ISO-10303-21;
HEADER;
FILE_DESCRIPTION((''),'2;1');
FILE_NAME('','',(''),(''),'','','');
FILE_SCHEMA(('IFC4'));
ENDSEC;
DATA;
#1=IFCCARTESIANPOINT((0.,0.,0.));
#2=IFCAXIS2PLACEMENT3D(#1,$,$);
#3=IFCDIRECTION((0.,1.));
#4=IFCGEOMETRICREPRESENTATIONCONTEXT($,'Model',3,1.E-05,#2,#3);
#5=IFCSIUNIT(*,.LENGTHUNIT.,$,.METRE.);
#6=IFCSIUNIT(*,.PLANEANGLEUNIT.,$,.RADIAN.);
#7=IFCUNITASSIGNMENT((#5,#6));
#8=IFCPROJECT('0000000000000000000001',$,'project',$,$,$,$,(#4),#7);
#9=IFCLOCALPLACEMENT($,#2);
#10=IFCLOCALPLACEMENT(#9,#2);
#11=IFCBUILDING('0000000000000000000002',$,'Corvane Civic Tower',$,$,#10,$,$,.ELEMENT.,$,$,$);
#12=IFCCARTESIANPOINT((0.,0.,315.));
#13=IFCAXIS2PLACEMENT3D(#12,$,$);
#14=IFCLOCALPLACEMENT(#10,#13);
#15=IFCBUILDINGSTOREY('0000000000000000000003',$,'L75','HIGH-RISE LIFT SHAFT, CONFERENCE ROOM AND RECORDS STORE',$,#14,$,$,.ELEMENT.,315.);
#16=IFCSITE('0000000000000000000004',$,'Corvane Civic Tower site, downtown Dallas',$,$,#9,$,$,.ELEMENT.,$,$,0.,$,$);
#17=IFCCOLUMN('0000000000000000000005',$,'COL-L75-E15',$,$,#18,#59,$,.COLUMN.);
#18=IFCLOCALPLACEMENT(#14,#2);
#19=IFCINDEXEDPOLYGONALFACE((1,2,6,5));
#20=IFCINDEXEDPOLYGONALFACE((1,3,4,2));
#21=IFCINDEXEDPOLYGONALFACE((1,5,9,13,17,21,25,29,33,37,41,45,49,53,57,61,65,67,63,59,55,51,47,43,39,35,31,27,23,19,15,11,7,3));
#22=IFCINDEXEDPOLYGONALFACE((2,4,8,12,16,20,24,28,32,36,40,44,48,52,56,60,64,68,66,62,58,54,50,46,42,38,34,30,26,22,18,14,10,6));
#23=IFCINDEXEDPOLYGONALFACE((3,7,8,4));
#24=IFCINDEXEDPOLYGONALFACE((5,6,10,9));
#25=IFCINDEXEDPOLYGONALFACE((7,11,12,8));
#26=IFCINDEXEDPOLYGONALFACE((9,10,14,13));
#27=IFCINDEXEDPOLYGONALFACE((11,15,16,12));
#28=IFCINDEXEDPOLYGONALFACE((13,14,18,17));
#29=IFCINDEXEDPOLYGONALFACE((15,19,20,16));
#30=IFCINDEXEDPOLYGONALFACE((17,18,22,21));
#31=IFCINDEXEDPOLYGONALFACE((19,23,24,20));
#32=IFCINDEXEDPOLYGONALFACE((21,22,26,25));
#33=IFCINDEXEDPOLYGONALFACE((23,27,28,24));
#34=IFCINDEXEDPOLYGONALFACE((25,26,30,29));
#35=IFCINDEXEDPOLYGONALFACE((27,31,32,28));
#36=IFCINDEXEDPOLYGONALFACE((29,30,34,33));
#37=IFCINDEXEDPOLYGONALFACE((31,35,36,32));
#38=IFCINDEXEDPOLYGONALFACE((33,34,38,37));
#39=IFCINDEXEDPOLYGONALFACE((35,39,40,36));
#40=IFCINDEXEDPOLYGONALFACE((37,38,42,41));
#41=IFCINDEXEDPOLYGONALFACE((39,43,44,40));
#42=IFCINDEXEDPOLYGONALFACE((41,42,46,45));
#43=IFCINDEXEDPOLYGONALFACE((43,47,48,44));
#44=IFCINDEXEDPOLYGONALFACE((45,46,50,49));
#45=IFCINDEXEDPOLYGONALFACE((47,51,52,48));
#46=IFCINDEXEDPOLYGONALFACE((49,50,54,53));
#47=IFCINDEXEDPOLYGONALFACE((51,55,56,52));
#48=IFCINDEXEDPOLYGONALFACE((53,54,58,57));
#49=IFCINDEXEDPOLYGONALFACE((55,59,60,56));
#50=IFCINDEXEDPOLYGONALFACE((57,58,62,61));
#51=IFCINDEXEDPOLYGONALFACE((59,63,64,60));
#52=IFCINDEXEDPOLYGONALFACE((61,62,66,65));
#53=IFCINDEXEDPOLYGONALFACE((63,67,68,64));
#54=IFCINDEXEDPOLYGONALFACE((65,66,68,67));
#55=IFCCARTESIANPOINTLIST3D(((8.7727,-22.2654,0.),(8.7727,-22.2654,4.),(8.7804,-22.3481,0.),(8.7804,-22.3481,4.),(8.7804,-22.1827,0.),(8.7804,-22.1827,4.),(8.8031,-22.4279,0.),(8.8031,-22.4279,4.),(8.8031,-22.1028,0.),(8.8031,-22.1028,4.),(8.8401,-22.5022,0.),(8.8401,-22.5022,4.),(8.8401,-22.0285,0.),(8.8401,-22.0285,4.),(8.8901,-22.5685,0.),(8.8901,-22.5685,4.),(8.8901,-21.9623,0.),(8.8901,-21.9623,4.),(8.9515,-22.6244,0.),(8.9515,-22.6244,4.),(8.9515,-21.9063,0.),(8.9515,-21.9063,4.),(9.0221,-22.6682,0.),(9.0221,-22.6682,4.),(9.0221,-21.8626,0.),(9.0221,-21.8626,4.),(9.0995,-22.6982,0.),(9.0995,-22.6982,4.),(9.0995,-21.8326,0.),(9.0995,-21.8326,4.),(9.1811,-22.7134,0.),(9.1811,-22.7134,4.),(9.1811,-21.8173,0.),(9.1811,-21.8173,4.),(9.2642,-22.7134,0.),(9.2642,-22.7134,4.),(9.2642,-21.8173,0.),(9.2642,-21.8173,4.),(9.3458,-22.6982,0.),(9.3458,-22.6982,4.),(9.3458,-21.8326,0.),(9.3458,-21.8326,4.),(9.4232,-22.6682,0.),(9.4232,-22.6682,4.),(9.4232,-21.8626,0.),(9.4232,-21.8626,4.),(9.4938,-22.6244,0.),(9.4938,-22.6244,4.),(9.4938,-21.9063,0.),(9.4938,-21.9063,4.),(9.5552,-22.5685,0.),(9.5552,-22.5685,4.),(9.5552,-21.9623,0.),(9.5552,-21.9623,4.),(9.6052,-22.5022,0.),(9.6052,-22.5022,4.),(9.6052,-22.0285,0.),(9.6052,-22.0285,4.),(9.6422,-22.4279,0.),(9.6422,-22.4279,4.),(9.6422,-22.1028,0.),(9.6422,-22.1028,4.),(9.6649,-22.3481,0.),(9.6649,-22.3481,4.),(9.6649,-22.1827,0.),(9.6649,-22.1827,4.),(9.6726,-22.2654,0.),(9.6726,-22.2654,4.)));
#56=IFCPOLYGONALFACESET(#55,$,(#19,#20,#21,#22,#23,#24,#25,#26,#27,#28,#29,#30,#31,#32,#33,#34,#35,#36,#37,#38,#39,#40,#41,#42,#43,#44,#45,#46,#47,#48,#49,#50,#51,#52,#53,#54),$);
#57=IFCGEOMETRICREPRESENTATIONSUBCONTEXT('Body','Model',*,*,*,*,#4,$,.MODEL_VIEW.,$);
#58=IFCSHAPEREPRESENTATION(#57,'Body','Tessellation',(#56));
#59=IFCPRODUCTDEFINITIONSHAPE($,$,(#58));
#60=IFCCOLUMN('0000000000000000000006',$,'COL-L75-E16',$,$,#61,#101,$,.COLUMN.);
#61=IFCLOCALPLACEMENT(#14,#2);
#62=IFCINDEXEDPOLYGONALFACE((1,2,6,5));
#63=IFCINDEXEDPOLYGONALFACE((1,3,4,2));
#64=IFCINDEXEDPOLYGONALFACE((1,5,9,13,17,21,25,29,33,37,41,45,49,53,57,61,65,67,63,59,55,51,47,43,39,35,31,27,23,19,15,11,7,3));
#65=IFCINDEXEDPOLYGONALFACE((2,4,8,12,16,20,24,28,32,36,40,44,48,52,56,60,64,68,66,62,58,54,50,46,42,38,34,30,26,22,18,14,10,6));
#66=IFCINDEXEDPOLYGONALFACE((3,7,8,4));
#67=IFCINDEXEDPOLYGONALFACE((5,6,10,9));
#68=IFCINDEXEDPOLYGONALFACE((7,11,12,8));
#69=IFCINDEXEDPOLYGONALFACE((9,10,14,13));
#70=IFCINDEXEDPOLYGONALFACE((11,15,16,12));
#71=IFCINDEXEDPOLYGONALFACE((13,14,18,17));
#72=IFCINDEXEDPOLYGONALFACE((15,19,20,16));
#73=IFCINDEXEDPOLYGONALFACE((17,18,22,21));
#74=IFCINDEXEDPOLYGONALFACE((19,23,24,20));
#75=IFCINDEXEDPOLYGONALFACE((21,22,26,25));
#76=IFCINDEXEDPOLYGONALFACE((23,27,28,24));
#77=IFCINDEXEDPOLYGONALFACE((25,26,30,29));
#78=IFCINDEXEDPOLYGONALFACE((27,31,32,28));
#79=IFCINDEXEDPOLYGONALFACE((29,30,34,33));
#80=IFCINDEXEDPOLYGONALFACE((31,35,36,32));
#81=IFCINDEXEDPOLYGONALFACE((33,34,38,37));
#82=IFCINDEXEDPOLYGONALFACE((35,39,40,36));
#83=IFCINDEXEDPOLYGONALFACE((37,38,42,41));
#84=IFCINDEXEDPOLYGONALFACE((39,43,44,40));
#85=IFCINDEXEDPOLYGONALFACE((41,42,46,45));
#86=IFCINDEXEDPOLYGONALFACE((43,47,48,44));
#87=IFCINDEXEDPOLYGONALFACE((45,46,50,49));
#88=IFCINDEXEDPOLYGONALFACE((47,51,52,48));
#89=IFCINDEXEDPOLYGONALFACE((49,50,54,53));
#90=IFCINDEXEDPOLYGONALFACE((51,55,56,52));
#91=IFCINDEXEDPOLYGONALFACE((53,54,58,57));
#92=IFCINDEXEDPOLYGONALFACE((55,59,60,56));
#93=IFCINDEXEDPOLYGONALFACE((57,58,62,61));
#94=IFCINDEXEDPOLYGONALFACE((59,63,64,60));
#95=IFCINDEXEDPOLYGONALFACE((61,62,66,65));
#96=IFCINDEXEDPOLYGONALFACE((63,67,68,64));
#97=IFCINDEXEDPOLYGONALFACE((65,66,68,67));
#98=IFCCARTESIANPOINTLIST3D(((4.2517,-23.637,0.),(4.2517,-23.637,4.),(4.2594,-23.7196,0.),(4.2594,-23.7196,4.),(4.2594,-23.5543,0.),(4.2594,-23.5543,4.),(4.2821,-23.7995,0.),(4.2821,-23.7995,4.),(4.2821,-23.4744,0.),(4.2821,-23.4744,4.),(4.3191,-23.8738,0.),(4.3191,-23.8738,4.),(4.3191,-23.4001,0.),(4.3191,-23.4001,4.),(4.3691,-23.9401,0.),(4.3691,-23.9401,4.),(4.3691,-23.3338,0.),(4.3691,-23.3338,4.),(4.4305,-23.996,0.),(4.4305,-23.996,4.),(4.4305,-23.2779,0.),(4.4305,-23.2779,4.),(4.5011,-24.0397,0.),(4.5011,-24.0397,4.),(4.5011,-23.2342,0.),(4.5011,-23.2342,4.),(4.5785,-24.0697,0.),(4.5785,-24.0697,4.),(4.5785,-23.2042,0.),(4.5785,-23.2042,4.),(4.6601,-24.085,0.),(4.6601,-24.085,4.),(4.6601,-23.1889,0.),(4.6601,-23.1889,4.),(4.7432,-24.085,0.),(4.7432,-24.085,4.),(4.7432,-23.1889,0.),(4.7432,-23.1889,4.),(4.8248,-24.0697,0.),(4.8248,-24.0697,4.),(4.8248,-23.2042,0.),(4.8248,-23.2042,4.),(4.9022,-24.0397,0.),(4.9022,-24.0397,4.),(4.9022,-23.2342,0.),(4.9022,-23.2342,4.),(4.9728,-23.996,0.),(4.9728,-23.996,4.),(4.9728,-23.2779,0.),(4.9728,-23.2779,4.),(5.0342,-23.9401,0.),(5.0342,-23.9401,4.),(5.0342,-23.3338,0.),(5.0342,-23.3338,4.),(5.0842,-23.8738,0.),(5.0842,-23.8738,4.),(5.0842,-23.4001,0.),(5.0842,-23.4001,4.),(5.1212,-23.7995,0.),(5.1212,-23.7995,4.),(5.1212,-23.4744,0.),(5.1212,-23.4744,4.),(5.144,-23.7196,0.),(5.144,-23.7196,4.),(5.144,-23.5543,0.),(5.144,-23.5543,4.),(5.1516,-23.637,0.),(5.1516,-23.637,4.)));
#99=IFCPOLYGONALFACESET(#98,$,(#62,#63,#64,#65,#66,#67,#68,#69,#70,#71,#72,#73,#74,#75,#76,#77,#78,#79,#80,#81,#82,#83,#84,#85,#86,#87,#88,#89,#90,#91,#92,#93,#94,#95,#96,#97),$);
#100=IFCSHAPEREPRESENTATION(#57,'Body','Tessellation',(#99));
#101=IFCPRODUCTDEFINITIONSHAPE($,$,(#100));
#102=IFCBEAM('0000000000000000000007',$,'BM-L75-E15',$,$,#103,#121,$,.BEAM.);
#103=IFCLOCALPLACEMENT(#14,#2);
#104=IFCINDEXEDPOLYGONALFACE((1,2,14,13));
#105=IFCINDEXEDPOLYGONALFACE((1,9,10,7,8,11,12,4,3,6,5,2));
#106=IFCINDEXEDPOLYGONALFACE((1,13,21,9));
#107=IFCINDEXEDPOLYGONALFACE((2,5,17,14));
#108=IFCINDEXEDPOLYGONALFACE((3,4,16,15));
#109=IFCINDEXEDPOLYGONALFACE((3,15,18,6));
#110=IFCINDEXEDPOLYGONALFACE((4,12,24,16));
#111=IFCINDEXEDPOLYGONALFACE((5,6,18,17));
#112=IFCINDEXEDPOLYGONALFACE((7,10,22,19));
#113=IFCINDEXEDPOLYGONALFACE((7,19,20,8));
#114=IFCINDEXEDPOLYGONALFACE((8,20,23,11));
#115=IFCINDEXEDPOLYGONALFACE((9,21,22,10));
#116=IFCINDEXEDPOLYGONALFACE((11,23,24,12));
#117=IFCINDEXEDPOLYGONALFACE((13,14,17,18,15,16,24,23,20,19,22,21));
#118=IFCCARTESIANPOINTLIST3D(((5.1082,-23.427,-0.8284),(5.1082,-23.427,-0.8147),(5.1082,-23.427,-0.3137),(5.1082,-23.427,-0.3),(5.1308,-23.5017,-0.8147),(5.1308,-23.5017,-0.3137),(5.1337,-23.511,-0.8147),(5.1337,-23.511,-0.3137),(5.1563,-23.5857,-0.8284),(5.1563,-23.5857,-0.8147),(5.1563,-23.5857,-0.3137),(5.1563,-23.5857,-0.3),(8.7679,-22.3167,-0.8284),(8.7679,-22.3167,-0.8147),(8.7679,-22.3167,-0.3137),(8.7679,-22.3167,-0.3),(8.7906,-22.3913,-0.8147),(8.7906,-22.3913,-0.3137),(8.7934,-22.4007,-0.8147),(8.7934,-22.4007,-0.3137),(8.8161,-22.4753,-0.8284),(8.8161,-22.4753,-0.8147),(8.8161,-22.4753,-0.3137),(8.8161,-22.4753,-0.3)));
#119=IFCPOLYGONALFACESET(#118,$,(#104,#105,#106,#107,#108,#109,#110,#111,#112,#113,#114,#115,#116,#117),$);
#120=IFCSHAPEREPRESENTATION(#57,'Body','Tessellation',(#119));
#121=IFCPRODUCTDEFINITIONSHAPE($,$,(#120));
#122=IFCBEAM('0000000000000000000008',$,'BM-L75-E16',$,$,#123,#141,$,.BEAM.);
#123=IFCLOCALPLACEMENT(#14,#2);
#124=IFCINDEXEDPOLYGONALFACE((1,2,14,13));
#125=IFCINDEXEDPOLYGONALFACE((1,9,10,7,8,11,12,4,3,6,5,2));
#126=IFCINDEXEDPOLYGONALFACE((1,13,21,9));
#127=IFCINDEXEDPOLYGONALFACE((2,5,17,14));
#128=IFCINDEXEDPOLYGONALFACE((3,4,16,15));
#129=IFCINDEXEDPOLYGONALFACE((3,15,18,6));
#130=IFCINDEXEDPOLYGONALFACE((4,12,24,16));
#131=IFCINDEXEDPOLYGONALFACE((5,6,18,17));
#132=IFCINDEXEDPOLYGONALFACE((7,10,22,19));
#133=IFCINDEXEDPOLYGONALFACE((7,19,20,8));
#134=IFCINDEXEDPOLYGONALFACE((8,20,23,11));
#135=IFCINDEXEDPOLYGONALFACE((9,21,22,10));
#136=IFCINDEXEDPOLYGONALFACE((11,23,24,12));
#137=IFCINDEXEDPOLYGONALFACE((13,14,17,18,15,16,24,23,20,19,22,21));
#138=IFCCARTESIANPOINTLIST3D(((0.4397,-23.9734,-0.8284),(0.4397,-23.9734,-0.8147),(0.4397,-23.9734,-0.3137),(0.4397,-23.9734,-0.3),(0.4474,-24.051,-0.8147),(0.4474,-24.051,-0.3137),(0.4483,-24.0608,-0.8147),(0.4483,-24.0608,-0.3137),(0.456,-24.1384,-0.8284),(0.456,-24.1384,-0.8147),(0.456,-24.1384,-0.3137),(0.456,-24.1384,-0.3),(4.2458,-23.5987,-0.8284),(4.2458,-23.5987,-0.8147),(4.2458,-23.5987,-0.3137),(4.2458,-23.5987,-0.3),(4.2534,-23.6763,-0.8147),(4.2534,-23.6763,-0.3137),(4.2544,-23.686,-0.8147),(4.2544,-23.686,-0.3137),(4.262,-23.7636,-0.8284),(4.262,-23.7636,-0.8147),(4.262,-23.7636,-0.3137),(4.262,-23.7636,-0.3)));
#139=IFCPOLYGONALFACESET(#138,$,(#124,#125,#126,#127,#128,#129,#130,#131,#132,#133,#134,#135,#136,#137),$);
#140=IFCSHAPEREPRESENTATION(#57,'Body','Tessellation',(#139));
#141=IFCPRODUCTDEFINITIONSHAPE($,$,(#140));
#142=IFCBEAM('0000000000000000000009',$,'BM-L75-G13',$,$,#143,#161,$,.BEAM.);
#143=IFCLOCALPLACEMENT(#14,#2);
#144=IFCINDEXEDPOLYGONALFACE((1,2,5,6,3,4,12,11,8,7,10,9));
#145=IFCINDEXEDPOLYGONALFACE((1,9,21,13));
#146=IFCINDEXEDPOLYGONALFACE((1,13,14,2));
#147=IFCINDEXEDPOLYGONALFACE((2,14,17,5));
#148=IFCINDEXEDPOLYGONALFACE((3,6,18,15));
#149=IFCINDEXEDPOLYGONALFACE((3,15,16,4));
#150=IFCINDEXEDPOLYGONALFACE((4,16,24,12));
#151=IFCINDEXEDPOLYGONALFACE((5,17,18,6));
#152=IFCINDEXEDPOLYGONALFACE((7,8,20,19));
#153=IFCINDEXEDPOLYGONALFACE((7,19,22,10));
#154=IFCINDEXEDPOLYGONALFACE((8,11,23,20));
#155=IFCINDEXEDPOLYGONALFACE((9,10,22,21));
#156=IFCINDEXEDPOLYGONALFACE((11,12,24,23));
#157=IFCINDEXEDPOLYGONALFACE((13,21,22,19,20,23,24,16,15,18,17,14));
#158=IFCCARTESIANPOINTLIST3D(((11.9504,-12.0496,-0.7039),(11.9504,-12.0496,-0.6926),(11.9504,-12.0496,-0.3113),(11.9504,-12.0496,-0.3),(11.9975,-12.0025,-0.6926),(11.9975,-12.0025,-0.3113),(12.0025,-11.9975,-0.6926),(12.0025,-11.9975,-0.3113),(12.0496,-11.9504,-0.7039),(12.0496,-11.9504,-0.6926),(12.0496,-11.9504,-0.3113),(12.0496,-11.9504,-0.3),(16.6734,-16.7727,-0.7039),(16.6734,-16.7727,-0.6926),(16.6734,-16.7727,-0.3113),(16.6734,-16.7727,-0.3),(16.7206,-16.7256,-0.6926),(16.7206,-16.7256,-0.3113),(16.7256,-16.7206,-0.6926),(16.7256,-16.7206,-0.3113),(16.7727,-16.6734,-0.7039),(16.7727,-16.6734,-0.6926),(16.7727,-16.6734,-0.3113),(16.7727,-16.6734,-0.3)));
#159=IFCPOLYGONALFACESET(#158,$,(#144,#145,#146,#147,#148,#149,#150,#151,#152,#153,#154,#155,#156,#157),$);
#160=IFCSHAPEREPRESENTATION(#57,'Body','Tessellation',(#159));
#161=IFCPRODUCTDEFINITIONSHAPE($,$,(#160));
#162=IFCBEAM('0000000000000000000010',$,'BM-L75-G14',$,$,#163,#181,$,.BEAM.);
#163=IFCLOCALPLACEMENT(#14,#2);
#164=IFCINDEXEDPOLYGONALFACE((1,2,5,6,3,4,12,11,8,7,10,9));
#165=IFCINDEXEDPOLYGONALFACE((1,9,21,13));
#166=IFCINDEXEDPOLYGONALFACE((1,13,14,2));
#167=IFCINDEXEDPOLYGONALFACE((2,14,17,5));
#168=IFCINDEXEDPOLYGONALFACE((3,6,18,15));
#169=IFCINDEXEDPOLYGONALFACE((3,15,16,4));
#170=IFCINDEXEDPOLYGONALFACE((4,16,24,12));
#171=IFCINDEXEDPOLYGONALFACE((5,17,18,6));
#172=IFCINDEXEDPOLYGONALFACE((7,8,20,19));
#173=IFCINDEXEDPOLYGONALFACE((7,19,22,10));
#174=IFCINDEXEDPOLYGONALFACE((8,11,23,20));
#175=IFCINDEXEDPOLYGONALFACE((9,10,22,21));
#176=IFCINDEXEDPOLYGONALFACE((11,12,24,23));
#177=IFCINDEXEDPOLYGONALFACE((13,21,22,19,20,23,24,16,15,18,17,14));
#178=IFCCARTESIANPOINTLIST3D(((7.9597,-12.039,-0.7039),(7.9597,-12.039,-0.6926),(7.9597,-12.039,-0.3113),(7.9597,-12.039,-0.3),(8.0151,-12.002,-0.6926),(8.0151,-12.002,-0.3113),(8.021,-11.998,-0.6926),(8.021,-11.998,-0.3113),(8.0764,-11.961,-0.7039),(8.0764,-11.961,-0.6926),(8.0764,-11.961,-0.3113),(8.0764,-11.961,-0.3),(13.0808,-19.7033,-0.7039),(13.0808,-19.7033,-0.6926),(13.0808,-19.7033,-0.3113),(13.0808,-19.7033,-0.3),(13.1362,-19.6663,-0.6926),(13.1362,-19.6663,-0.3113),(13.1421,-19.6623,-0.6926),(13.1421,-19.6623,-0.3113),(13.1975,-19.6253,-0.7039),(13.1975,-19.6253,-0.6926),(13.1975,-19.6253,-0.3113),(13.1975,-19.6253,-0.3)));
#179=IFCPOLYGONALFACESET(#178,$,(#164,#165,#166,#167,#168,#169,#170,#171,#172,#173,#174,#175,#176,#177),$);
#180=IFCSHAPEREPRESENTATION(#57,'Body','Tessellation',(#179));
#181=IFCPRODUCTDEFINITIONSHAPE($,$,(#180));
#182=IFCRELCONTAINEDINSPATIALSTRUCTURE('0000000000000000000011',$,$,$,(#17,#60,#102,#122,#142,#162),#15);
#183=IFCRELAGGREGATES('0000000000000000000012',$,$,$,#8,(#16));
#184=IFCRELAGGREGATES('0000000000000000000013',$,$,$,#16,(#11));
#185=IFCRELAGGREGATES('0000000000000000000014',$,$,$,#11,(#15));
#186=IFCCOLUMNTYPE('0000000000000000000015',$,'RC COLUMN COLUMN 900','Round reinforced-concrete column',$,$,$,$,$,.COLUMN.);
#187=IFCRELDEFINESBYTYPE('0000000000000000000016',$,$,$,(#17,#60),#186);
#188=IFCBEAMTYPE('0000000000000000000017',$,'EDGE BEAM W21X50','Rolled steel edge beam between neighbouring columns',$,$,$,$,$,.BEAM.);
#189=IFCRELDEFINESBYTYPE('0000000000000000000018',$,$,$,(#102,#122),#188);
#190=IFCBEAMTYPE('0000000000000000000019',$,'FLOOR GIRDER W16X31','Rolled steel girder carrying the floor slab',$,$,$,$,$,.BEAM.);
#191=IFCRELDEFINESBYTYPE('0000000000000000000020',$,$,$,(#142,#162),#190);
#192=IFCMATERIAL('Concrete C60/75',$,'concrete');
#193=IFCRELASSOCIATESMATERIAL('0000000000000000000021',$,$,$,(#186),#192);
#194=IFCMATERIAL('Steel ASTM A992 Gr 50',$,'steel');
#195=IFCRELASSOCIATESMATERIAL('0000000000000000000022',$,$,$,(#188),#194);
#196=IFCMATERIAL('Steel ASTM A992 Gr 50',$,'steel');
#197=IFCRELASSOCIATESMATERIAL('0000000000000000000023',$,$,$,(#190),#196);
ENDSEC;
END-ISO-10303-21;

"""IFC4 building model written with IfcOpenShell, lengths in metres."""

from ifc_helpers import new_model, si_unit, direction, frame, origin, origin_2d, place, context, subcontext, project, spatial, circle, i_section, extrude, material, material_profile, profile_set, type_object, element, save


model = new_model("IFC4")

# Units and contexts
model_context = context("Model", 3, precision=1e-05, world=origin(), true_north=direction((0.0, 1.0)))
body_context = subcontext(model_context, "Body", "Model", "MODEL_VIEW")
ifc_project = project(units=[si_unit("LENGTHUNIT", "METRE"), si_unit("PLANEANGLEUNIT", "RADIAN")], contexts=[model_context])

# Site, building, storey
site_placement = place(None, origin())
site = spatial("IfcSite", under=ifc_project, at=site_placement, Name="Corvane Civic Tower site, downtown Dallas", CompositionType="ELEMENT", RefElevation=0.0)
building_placement = place(site_placement, origin())
building = spatial("IfcBuilding", under=site, at=building_placement, Name="Corvane Civic Tower", CompositionType="ELEMENT")
storey_placement = place(building_placement, frame((0.0, 0.0, 315.0)))
storey = spatial("IfcBuildingStorey", under=building, at=storey_placement, Name="L75", Description="HIGH-RISE LIFT SHAFT, CONFERENCE ROOM AND RECORDS STORE", CompositionType="ELEMENT", Elevation=315.0)

# Columns
ifc_material_1 = material(Name="Concrete C60/75", Category="concrete")
ifc_material_profile_1 = material_profile(ifc_material_1, circle(Radius=0.45, at=origin_2d()), Name="COLUMN 900")
ifc_profile_set_1 = profile_set([ifc_material_profile_1], Name="Concrete C60/75")
column_type = type_object("IfcColumnType", Name="RC COLUMN COLUMN 900", Description="Round reinforced-concrete column", PredefinedType="COLUMN", material=ifc_profile_set_1)
for number, where, z_axis, x_axis, name in (
    (1, (9.2227, -22.2654, 0.0), (0.0, 0.0, 1.0), (1.0, 0.0, 0.0), "COL-L75-E15"),
    (2, (4.7017, -23.637, 0.0), (0.0, 0.0, 1.0), (1.0, 0.0, 0.0), "COL-L75-E16"),
):
    element("IfcColumn", number, at=place(storey_placement, frame(where, z_axis=z_axis, x_axis=x_axis)), inside=storey, type_object=column_type, Name=name, PredefinedType="COLUMN", context=body_context, shape_type="SweptSolid", body=[
        extrude(circle(Radius=0.45, at=origin_2d()), origin(), (0.0, 0.0, 1.0), 4.0),
    ])

# Beams
ifc_material_2 = material(Name="Steel ASTM A992 Gr 50", Category="steel")
ifc_material_profile_2 = material_profile(ifc_material_2, i_section(OverallWidth=0.1658, OverallDepth=0.5283, WebThickness=0.0098, FlangeThickness=0.0137, at=origin_2d()), Name="W21X50")
ifc_profile_set_2 = profile_set([ifc_material_profile_2], Name="Steel ASTM A992 Gr 50")
beam_type_1 = type_object("IfcBeamType", Name="EDGE BEAM W21X50", Description="Rolled steel edge beam between neighbouring columns", PredefinedType="BEAM", material=ifc_profile_set_2)
for number, where, z_axis, x_axis, name in (
    (3, (8.792, -22.396, -0.5642), (-0.956926, -0.290333, 0.0), (0.290333, -0.956926, 0.0), "BM-L75-E15"),
    (4, (4.2539, -23.6812, -0.5642), (-0.995188, -0.097987, 0.0), (0.097987, -0.995188, 0.0), "BM-L75-E16"),
):
    element("IfcBeam", number, at=place(storey_placement, frame(where, z_axis=z_axis, x_axis=x_axis)), inside=storey, type_object=beam_type_1, Name=name, PredefinedType="BEAM", context=body_context, shape_type="SweptSolid", body=[
        extrude(i_section(OverallWidth=0.1658, OverallDepth=0.5283, WebThickness=0.0098, FlangeThickness=0.0137, at=origin_2d()), origin(), (0.0, 0.0, 1.0), 3.8245),
    ])
ifc_material_3 = material(Name="Steel ASTM A992 Gr 50", Category="steel")
ifc_material_profile_3 = material_profile(ifc_material_3, i_section(OverallWidth=0.1404, OverallDepth=0.4038, WebThickness=0.0071, FlangeThickness=0.0112, at=origin_2d()), Name="W16X31")
ifc_profile_set_3 = profile_set([ifc_material_profile_3], Name="Steel ASTM A992 Gr 50")
beam_type_2 = type_object("IfcBeamType", Name="FLOOR GIRDER W16X31", Description="Rolled steel girder carrying the floor slab", PredefinedType="BEAM", material=ifc_profile_set_3)
beam_1_placement = place(storey_placement, frame((12.0, -12.0, -0.502), z_axis=(0.707107, -0.707107, 0.0), x_axis=(0.707107, 0.707107, 0.0)))
element("IfcBeam", 5, at=beam_1_placement, inside=storey, type_object=beam_type_2, Name="BM-L75-G13", PredefinedType="BEAM", context=body_context, shape_type="SweptSolid", body=[
    extrude(i_section(OverallWidth=0.1404, OverallDepth=0.4038, WebThickness=0.0071, FlangeThickness=0.0112, at=origin_2d()), origin(), (0.0, 0.0, 1.0), 6.6794),
])
beam_2_placement = place(storey_placement, frame((8.0181, -12.0, -0.502), z_axis=(0.555568, -0.831471, 0.0), x_axis=(0.831471, 0.555568, 0.0)))
element("IfcBeam", 6, at=beam_2_placement, inside=storey, type_object=beam_type_2, Name="BM-L75-G14", PredefinedType="BEAM", context=body_context, shape_type="SweptSolid", body=[
    extrude(i_section(OverallWidth=0.1404, OverallDepth=0.4038, WebThickness=0.0071, FlangeThickness=0.0112, at=origin_2d()), origin(), (0.0, 0.0, 1.0), 9.2178),
])

save(model, "model.ifc")
